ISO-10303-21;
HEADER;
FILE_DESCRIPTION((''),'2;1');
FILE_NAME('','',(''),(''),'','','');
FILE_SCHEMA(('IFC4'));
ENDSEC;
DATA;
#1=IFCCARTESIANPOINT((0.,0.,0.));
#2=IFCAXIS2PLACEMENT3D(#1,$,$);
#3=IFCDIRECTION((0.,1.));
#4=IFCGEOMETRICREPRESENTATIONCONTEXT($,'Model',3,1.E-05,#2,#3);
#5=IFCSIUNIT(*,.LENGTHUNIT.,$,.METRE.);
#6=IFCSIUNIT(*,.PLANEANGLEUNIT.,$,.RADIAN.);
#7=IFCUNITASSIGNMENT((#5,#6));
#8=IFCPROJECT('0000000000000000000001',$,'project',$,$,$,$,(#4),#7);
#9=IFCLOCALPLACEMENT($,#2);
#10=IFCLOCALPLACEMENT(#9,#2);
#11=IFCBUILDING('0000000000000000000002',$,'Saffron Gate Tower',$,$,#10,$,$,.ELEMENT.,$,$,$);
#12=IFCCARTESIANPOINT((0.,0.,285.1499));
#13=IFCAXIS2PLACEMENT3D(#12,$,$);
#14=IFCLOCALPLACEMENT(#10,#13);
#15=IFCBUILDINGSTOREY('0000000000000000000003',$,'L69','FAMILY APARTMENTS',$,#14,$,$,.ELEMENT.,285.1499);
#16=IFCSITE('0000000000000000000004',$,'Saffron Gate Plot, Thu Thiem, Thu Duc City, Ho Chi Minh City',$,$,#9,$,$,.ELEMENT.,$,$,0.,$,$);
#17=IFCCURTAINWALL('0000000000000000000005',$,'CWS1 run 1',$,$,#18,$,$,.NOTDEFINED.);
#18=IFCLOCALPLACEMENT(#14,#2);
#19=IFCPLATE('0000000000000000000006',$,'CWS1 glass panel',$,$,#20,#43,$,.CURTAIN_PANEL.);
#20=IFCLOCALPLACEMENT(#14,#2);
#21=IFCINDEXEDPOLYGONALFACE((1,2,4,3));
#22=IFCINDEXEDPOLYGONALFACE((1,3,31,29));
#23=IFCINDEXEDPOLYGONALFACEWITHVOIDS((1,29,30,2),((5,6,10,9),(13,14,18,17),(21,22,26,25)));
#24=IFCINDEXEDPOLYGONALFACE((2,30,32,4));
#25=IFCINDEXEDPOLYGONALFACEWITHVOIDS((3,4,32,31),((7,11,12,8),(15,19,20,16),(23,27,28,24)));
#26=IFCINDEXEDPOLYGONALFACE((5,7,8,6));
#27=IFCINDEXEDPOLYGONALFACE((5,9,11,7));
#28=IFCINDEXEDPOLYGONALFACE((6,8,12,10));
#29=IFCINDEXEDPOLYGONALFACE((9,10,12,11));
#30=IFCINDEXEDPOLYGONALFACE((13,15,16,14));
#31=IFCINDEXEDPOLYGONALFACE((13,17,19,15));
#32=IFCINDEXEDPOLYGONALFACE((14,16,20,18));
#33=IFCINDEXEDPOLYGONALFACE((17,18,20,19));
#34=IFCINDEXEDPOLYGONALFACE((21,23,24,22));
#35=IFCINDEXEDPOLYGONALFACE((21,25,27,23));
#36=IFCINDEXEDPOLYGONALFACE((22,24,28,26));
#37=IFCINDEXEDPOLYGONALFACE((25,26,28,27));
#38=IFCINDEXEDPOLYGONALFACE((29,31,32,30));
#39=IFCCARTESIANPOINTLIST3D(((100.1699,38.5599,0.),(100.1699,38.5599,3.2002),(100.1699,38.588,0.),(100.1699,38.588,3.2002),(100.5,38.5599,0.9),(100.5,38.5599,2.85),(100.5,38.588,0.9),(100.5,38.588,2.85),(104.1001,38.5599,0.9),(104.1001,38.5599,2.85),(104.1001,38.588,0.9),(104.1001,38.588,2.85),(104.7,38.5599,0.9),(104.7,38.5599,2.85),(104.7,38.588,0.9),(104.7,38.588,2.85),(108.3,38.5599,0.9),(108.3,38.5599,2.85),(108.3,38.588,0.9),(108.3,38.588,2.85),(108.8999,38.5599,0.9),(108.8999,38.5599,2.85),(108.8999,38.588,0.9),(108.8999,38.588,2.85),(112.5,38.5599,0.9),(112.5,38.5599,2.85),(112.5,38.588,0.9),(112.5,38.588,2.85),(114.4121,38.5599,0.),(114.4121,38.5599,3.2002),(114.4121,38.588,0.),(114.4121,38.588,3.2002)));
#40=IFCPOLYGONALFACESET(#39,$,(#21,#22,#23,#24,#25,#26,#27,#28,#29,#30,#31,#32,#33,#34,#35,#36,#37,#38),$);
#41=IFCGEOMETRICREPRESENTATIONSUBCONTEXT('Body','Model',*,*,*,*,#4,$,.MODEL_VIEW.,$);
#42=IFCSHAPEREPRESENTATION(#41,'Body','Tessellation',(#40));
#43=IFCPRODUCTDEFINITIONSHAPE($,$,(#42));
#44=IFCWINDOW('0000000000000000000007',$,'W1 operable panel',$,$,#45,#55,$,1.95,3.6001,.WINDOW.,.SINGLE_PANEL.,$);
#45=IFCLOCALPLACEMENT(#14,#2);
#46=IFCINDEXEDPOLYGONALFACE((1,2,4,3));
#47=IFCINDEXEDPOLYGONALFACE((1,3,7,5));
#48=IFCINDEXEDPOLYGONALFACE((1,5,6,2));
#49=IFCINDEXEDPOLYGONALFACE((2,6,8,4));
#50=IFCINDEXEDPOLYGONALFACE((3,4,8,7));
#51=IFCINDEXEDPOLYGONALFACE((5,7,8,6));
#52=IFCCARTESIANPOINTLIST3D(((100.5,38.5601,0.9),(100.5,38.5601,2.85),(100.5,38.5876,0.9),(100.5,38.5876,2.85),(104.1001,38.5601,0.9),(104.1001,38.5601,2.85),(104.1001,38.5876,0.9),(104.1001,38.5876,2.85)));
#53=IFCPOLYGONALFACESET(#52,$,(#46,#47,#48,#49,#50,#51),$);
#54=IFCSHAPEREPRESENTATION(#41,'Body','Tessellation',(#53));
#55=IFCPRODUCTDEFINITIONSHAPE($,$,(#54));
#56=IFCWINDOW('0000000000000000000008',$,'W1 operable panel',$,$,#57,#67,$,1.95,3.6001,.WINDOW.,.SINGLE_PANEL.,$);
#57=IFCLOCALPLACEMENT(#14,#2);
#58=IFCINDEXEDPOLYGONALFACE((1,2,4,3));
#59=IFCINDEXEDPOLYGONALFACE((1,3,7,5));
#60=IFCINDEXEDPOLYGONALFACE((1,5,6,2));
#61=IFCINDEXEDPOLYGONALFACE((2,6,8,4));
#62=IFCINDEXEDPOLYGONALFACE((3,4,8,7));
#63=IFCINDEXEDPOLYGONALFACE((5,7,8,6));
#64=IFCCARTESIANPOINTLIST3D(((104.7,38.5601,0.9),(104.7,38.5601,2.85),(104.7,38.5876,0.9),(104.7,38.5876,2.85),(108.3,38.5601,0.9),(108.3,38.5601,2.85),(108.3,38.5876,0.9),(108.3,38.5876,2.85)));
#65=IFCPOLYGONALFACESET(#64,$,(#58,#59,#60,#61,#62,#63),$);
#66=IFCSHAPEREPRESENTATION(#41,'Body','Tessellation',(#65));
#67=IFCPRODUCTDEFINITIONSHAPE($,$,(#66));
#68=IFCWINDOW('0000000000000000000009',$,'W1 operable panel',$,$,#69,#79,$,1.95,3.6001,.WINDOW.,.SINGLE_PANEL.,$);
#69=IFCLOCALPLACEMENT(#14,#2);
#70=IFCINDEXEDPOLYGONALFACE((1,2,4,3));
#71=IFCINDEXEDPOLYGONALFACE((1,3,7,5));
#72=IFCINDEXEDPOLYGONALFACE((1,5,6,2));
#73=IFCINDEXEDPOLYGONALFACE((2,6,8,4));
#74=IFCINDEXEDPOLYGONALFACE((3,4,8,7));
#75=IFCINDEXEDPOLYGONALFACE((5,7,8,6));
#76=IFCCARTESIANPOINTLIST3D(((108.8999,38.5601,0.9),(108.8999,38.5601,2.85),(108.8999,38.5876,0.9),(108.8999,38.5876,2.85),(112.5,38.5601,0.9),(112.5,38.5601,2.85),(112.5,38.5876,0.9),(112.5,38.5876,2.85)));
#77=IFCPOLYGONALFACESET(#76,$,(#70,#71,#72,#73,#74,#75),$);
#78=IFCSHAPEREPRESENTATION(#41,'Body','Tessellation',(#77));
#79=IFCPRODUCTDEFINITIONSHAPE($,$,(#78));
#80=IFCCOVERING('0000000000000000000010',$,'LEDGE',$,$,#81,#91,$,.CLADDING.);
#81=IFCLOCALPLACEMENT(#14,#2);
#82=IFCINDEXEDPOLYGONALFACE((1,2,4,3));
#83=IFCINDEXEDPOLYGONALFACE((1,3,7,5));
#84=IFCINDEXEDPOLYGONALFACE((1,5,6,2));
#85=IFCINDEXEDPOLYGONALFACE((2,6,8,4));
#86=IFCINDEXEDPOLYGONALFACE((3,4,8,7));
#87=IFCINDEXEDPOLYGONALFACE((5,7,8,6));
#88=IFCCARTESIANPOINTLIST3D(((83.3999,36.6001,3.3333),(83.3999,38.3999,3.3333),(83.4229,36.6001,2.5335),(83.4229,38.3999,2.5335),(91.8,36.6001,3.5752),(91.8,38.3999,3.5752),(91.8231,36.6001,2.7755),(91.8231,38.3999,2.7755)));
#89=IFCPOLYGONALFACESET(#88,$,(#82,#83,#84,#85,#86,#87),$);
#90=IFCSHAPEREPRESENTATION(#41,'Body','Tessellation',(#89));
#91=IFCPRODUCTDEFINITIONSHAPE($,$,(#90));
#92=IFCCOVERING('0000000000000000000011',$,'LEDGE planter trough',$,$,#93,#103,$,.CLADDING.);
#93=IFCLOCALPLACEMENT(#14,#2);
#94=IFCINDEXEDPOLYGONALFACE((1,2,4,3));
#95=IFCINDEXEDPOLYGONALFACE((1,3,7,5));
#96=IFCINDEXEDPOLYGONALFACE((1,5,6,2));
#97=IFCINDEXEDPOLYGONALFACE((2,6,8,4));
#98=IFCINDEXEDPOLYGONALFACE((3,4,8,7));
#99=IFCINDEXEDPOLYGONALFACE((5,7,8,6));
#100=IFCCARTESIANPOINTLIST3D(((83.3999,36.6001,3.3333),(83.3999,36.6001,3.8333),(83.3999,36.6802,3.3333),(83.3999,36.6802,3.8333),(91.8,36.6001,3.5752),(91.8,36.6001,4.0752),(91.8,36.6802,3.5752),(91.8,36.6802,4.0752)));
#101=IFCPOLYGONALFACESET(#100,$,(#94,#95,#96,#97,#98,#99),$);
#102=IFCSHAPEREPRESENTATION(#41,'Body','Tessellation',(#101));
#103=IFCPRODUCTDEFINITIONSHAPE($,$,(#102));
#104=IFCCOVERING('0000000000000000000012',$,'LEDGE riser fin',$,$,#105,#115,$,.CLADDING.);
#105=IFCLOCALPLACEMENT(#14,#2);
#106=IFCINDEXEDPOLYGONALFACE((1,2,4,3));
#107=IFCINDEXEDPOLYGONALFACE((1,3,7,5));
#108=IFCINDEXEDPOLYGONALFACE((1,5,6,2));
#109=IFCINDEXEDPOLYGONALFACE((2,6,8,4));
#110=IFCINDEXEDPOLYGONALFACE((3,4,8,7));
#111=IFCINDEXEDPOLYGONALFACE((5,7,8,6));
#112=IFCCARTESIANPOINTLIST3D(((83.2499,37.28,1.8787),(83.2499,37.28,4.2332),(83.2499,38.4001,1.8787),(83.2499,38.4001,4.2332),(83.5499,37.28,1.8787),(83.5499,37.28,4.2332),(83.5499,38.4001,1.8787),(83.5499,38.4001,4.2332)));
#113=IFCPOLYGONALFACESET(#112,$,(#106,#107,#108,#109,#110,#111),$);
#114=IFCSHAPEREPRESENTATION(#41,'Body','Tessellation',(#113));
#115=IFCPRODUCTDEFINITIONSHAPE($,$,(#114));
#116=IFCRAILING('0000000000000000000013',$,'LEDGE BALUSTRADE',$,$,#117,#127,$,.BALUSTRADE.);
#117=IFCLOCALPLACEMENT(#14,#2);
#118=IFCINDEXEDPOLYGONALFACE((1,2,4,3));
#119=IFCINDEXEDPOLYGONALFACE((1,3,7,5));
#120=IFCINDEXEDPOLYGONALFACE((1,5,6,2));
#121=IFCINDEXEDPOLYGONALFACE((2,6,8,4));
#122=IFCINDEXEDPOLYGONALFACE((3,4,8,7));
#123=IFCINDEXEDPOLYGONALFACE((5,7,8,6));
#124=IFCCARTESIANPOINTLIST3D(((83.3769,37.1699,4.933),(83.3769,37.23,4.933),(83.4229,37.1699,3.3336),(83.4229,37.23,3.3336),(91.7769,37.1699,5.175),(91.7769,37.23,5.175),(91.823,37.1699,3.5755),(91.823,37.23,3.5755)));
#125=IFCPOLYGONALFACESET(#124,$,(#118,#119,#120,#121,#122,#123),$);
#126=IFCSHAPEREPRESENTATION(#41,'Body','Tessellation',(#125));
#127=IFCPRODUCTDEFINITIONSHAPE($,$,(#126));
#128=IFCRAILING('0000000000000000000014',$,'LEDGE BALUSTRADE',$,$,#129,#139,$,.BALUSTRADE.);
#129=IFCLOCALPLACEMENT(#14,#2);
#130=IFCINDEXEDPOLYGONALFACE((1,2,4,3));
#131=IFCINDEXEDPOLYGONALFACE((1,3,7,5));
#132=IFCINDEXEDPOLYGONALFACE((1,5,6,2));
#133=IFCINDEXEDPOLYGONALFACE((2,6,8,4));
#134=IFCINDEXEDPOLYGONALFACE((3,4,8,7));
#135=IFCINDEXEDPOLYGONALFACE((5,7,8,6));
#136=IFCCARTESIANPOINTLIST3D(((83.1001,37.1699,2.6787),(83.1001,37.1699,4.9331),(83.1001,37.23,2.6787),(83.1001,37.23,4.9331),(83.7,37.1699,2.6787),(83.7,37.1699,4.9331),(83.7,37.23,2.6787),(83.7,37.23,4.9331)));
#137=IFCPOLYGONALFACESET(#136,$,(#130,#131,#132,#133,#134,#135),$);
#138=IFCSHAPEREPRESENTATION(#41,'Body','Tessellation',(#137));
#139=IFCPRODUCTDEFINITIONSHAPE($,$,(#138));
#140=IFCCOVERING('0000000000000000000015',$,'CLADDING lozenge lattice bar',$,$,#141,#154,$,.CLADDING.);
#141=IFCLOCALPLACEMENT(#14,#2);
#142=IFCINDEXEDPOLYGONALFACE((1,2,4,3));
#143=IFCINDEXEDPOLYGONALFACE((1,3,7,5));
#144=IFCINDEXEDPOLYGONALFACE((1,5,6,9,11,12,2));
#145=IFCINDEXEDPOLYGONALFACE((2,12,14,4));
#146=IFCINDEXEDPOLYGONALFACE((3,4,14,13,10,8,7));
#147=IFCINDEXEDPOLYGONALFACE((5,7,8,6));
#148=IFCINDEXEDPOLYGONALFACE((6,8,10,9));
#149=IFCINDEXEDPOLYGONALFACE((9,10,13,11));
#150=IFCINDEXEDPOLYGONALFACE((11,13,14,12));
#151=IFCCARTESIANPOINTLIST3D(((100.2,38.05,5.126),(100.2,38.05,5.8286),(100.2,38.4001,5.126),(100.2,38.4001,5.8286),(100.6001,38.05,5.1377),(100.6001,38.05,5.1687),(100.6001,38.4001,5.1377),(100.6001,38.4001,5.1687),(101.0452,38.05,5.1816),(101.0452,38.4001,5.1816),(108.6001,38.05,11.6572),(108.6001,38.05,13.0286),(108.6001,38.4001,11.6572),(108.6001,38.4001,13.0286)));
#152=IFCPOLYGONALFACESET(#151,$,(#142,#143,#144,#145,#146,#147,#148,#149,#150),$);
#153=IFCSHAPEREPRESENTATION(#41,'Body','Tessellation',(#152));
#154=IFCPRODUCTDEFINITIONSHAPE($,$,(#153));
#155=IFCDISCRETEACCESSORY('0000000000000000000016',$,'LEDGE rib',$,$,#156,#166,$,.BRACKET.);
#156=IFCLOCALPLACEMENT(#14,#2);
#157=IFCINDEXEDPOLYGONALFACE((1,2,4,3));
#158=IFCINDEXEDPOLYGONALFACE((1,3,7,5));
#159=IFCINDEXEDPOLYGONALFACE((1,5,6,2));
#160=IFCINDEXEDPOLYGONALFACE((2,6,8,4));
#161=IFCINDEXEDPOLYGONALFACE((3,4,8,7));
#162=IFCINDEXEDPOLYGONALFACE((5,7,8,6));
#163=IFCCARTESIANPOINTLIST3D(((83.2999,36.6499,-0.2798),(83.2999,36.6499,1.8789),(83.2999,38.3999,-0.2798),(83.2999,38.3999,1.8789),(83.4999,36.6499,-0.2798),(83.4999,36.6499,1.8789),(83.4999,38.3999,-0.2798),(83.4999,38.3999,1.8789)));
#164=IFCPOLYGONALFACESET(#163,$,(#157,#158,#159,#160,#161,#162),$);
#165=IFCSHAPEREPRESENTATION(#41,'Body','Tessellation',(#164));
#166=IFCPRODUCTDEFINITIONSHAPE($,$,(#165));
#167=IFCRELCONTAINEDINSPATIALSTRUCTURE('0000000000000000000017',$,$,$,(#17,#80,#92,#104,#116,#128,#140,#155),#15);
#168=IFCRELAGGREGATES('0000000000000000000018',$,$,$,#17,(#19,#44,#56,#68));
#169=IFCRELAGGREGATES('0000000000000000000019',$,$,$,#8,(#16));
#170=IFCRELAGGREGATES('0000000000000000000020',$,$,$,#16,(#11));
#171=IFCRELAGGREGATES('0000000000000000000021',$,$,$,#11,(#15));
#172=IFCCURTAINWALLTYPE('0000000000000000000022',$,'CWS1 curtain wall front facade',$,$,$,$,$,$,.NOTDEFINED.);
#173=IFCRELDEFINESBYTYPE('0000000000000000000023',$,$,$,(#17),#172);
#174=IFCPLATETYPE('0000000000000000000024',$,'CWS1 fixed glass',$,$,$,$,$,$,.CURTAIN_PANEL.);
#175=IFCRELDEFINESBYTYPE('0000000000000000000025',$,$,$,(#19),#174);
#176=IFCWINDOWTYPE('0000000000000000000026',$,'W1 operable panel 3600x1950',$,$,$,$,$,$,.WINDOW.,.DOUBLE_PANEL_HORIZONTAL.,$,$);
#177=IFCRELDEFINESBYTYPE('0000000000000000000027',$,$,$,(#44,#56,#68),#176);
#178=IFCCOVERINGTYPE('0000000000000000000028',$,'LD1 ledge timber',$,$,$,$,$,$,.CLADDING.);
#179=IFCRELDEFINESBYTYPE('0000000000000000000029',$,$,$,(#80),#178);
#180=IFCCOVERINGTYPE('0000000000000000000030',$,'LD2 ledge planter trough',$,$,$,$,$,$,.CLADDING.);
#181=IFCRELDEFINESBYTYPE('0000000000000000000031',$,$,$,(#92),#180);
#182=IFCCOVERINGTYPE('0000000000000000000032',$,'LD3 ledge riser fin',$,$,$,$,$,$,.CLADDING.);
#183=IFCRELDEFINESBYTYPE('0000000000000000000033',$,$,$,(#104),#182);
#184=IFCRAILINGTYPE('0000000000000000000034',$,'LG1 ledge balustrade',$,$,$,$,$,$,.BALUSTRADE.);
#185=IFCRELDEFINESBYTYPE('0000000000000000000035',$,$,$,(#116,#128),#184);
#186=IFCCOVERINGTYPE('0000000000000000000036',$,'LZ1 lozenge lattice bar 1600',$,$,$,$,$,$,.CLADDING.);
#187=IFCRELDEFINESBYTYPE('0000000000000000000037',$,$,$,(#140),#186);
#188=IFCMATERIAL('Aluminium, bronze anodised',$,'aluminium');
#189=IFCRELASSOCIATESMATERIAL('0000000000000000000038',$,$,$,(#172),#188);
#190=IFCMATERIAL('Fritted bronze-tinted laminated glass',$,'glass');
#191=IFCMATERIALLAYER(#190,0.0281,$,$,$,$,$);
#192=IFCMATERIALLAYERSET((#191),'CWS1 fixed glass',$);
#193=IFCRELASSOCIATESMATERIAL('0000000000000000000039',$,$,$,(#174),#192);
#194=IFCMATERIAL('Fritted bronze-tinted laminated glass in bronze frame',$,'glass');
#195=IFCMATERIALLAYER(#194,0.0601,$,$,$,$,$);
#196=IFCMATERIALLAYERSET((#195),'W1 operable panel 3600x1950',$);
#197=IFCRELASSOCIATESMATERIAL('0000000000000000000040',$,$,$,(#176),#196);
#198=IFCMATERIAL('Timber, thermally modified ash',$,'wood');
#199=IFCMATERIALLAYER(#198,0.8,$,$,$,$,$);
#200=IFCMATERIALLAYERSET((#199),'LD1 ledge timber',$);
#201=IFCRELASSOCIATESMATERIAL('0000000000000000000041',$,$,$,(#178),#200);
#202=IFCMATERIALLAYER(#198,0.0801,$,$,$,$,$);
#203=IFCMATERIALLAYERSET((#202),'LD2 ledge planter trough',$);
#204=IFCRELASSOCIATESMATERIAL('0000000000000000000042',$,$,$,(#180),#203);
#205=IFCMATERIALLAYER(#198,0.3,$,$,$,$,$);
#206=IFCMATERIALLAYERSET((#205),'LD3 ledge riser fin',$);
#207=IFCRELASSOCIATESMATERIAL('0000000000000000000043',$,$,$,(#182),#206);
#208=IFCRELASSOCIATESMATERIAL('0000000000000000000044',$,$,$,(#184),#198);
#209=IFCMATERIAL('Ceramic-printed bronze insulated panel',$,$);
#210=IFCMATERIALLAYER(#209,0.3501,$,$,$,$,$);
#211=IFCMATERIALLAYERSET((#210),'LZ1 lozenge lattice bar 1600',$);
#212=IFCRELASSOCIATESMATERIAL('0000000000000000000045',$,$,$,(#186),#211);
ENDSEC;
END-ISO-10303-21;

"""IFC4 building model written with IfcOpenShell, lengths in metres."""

from ifc_helpers import new_model, si_unit, direction, frame, frame_2d, origin, origin_2d, place, context, subcontext, project, spatial, polyline, rectangle, outline, extrude, material, layer, layer_set, type_object, element, fill, aggregate, save


model = new_model("IFC4")

# Units and contexts
model_context = context("Model", 3, precision=1e-05, world=origin(), true_north=direction((0.0, 1.0)))
body_context = subcontext(model_context, "Body", "Model", "MODEL_VIEW")
ifc_project = project(units=[si_unit("LENGTHUNIT", "METRE"), si_unit("PLANEANGLEUNIT", "RADIAN")], contexts=[model_context])

# Site, building, storey
site_placement = place(None, origin())
site = spatial("IfcSite", under=ifc_project, at=site_placement, Name="Saffron Gate Plot, Thu Thiem, Thu Duc City, Ho Chi Minh City", CompositionType="ELEMENT", RefElevation=0.0)
building_placement = place(site_placement, origin())
building = spatial("IfcBuilding", under=site, at=building_placement, Name="Saffron Gate Tower", CompositionType="ELEMENT")
storey_placement = place(building_placement, frame((0.0, 0.0, 285.1499)))
storey = spatial("IfcBuildingStorey", under=building, at=storey_placement, Name="L69", Description="FAMILY APARTMENTS", CompositionType="ELEMENT", Elevation=285.1499)

# Curtain wall, plate, openings, windows
ifc_material_1 = material(Name="Aluminium, bronze anodised", Category="aluminium")
curtain_wall_type = type_object("IfcCurtainWallType", Name="CWS1 curtain wall front facade", PredefinedType="NOTDEFINED", material=ifc_material_1)
curtain_wall_placement = place(storey_placement, origin())
curtain_wall = element("IfcCurtainWall", 1, at=curtain_wall_placement, inside=storey, type_object=curtain_wall_type, Name="CWS1 run 1", PredefinedType="NOTDEFINED")
ifc_material_2 = material(Name="Fritted bronze-tinted laminated glass", Category="glass")
ifc_layer_1 = layer(ifc_material_2, 0.0281)
ifc_layer_set_1 = layer_set([ifc_layer_1], Name="CWS1 fixed glass")
plate_type = type_object("IfcPlateType", Name="CWS1 fixed glass", PredefinedType="CURTAIN_PANEL", material=ifc_layer_set_1)
plate_placement = place(storey_placement, frame((100.1699, 38.574, 0.0), z_axis=(0.0, 0.0, 1.0), x_axis=(1.0, 0.0, 0.0)))
plate = element("IfcPlate", 2, at=plate_placement, type_object=plate_type, Name="CWS1 glass panel", PredefinedType="CURTAIN_PANEL", context=body_context, shape_type="SweptSolid", body=[
    extrude(rectangle(XDim=14.2422, YDim=0.0281, at=frame_2d((7.1211, 0.0))), origin(), (0.0, 0.0, 1.0), 3.2002),
])
opening_1_placement = place(plate_placement, frame((0.3301, 0.0, 0.8999)))
opening_1 = element("IfcOpeningElement", 3, at=opening_1_placement, cuts=plate, PredefinedType="OPENING", context=body_context, shape_type="SweptSolid", body=[
    extrude(rectangle(XDim=3.6001, YDim=1.95, at=frame_2d((1.8, 0.9751))), frame((0.0, 0.0239, 0.0), z_axis=(0.0, -1.0, 0.0), x_axis=(1.0, 0.0, 0.0)), (0.0, 0.0, 1.0), 0.0481),
])
opening_2_placement = place(plate_placement, frame((4.53, 0.0, 0.8999)))
opening_2 = element("IfcOpeningElement", 4, at=opening_2_placement, cuts=plate, PredefinedType="OPENING", context=body_context, shape_type="SweptSolid", body=[
    extrude(rectangle(XDim=3.6001, YDim=1.95, at=frame_2d((1.8, 0.9751))), frame((0.0, 0.0239, 0.0), z_axis=(0.0, -1.0, 0.0), x_axis=(1.0, 0.0, 0.0)), (0.0, 0.0, 1.0), 0.0481),
])
opening_3_placement = place(plate_placement, frame((8.73, 0.0, 0.8999)))
opening_3 = element("IfcOpeningElement", 5, at=opening_3_placement, cuts=plate, PredefinedType="OPENING", context=body_context, shape_type="SweptSolid", body=[
    extrude(rectangle(XDim=3.6001, YDim=1.95, at=frame_2d((1.8, 0.9751))), frame((0.0, 0.0239, 0.0), z_axis=(0.0, -1.0, 0.0), x_axis=(1.0, 0.0, 0.0)), (0.0, 0.0, 1.0), 0.0481),
])
ifc_material_3 = material(Name="Fritted bronze-tinted laminated glass in bronze frame", Category="glass")
ifc_layer_2 = layer(ifc_material_3, 0.0601)
ifc_layer_set_2 = layer_set([ifc_layer_2], Name="W1 operable panel 3600x1950")
window_type = type_object("IfcWindowType", Name="W1 operable panel 3600x1950", PartitioningType="DOUBLE_PANEL_HORIZONTAL", PredefinedType="WINDOW", material=ifc_layer_set_2)
window_1_placement = place(opening_1_placement, origin())
window_1 = element("IfcWindow", 6, at=window_1_placement, type_object=window_type, Name="W1 operable panel", OverallHeight=1.95, OverallWidth=3.6001, PartitioningType="SINGLE_PANEL", PredefinedType="WINDOW", context=body_context, shape_type="SweptSolid", body=[
    extrude(rectangle(XDim=3.6001, YDim=1.95, at=frame_2d((1.8, 0.9751))), frame((0.0, 0.0137, 0.0), z_axis=(0.0, -1.0, 0.0), x_axis=(1.0, 0.0, 0.0)), (0.0, 0.0, 1.0), 0.0276),
])
fill(opening_1, window_1)
window_2_placement = place(opening_2_placement, origin())
window_2 = element("IfcWindow", 7, at=window_2_placement, type_object=window_type, Name="W1 operable panel", OverallHeight=1.95, OverallWidth=3.6001, PartitioningType="SINGLE_PANEL", PredefinedType="WINDOW", context=body_context, shape_type="SweptSolid", body=[
    extrude(rectangle(XDim=3.6001, YDim=1.95, at=frame_2d((1.8, 0.9751))), frame((0.0, 0.0137, 0.0), z_axis=(0.0, -1.0, 0.0), x_axis=(1.0, 0.0, 0.0)), (0.0, 0.0, 1.0), 0.0276),
])
fill(opening_2, window_2)
window_3_placement = place(opening_3_placement, origin())
window_3 = element("IfcWindow", 8, at=window_3_placement, type_object=window_type, Name="W1 operable panel", OverallHeight=1.95, OverallWidth=3.6001, PartitioningType="SINGLE_PANEL", PredefinedType="WINDOW", context=body_context, shape_type="SweptSolid", body=[
    extrude(rectangle(XDim=3.6001, YDim=1.95, at=frame_2d((1.8, 0.9751))), frame((0.0, 0.0137, 0.0), z_axis=(0.0, -1.0, 0.0), x_axis=(1.0, 0.0, 0.0)), (0.0, 0.0, 1.0), 0.0276),
])
fill(opening_3, window_3)
aggregate(curtain_wall, [plate, window_1, window_2, window_3])

# Coverings
ifc_material_4 = material(Name="Timber, thermally modified ash", Category="wood")
ifc_layer_3 = layer(ifc_material_4, 0.8)
ifc_layer_set_3 = layer_set([ifc_layer_3], Name="LD1 ledge timber")
covering_type_1 = type_object("IfcCoveringType", Name="LD1 ledge timber", PredefinedType="CLADDING", material=ifc_layer_set_3)
covering_1_placement = place(storey_placement, frame((83.3999, 38.3999, 3.3333), z_axis=(-0.02879, 0.0, 0.999585), x_axis=(0.999585, 0.0, 0.02879)))
element("IfcCovering", 9, at=covering_1_placement, inside=storey, type_object=covering_type_1, Name="LEDGE", PredefinedType="CLADDING", context=body_context, shape_type="SweptSolid", body=[
    extrude(outline(polyline([(0.0, 0.0), (8.4036, 0.0), (8.4036, -1.7998), (0.0, -1.7998), (0.0, 0.0)])), origin(), (0.0, 0.0, -1.0), 0.8),
])
ifc_layer_4 = layer(ifc_material_4, 0.0801)
ifc_layer_set_4 = layer_set([ifc_layer_4], Name="LD2 ledge planter trough")
covering_type_2 = type_object("IfcCoveringType", Name="LD2 ledge planter trough", PredefinedType="CLADDING", material=ifc_layer_set_4)
covering_2_placement = place(storey_placement, frame((83.3999, 36.6001, 3.3333), z_axis=(0.0, -1.0, 0.0), x_axis=(0.999585, 0.0, 0.02879)))
element("IfcCovering", 10, at=covering_2_placement, inside=storey, type_object=covering_type_2, Name="LEDGE planter trough", PredefinedType="CLADDING", context=body_context, shape_type="SweptSolid", body=[
    extrude(outline(polyline([(0.0, 0.0), (8.4036, 0.0), (8.418, 0.4998), (0.0144, 0.4998), (0.0, 0.0)])), origin(), (0.0, 0.0, -1.0), 0.0801),
])
ifc_layer_5 = layer(ifc_material_4, 0.3)
ifc_layer_set_5 = layer_set([ifc_layer_5], Name="LD3 ledge riser fin")
covering_type_3 = type_object("IfcCoveringType", Name="LD3 ledge riser fin", PredefinedType="CLADDING", material=ifc_layer_set_5)
covering_3_placement = place(storey_placement, frame((83.3999, 37.8401, 1.8787), z_axis=(0.0, 0.0, 1.0), x_axis=(1.0, 0.0, 0.0)))
element("IfcCovering", 11, at=covering_3_placement, inside=storey, type_object=covering_type_3, Name="LEDGE riser fin", PredefinedType="CLADDING", context=body_context, shape_type="SweptSolid", body=[
    extrude(rectangle(XDim=0.3, YDim=1.1201, at=origin_2d()), origin(), (0.0, 0.0, 1.0), 2.3545),
])

# Railings
railing_type = type_object("IfcRailingType", Name="LG1 ledge balustrade", PredefinedType="BALUSTRADE", material=ifc_material_4)
railing_1_placement = place(storey_placement, frame((83.3999, 37.2, 3.3333)))
element("IfcRailing", 12, at=railing_1_placement, inside=storey, type_object=railing_type, Name="LEDGE BALUSTRADE", PredefinedType="BALUSTRADE", context=body_context, shape_type="SweptSolid", body=[
    extrude(rectangle(XDim=0.0601, YDim=1.6001, at=origin_2d()), frame((0.0, 0.0, 0.8), z_axis=(0.999585, 0.0, 0.02879), x_axis=(0.0, 1.0, 0.0)), (0.0, 0.0, 1.0), 8.4036),
])
railing_2_placement = place(storey_placement, frame((83.1001, 37.2, 2.6787)))
element("IfcRailing", 13, at=railing_2_placement, inside=storey, type_object=railing_type, Name="LEDGE BALUSTRADE", PredefinedType="BALUSTRADE", context=body_context, shape_type="SweptSolid", body=[
    extrude(rectangle(XDim=0.0601, YDim=2.2544, at=origin_2d()), frame((0.0, 0.0, 1.1272), z_axis=(1.0, 0.0, 0.0), x_axis=(0.0, 1.0, 0.0)), (0.0, 0.0, 1.0), 0.5999),
])

# Covering
ifc_material_5 = material(Name="Ceramic-printed bronze insulated panel")
ifc_layer_6 = layer(ifc_material_5, 0.3501)
ifc_layer_set_6 = layer_set([ifc_layer_6], Name="LZ1 lozenge lattice bar 1600")
covering_type_4 = type_object("IfcCoveringType", Name="LZ1 lozenge lattice bar 1600", PredefinedType="CLADDING", material=ifc_layer_set_6)
covering_4_placement = place(storey_placement, frame((100.2, 38.05, 5.8286), z_axis=(0.0, -1.0, 0.0), x_axis=(0.0, 0.0, -1.0)))
element("IfcCovering", 14, at=covering_4_placement, inside=storey, type_object=covering_type_4, Name="CLADDING lozenge lattice bar", PredefinedType="CLADDING", context=body_context, shape_type="SweptSolid", body=[
    extrude(outline(polyline([(0.0, 0.0), (0.7026, 0.0), (0.6909, 0.4001), (0.6599, 0.4001), (0.647, 0.8452), (-5.8286, 8.4001), (-7.2, 8.4001), (0.0, 0.0)])), origin(), (0.0, 0.0, -1.0), 0.3501),
])

# Discrete accessory
discrete_accessory_placement = place(storey_placement, frame((83.3999, 37.5249, -0.2798), z_axis=(0.0, 0.0, 1.0), x_axis=(1.0, 0.0, 0.0)))
element("IfcDiscreteAccessory", 15, at=discrete_accessory_placement, inside=storey, Name="LEDGE rib", PredefinedType="BRACKET", context=body_context, shape_type="SweptSolid", body=[
    extrude(rectangle(XDim=0.2, YDim=1.75, at=origin_2d()), origin(), (0.0, 0.0, 1.0), 2.1587),
])

save(model, "model.ifc")
